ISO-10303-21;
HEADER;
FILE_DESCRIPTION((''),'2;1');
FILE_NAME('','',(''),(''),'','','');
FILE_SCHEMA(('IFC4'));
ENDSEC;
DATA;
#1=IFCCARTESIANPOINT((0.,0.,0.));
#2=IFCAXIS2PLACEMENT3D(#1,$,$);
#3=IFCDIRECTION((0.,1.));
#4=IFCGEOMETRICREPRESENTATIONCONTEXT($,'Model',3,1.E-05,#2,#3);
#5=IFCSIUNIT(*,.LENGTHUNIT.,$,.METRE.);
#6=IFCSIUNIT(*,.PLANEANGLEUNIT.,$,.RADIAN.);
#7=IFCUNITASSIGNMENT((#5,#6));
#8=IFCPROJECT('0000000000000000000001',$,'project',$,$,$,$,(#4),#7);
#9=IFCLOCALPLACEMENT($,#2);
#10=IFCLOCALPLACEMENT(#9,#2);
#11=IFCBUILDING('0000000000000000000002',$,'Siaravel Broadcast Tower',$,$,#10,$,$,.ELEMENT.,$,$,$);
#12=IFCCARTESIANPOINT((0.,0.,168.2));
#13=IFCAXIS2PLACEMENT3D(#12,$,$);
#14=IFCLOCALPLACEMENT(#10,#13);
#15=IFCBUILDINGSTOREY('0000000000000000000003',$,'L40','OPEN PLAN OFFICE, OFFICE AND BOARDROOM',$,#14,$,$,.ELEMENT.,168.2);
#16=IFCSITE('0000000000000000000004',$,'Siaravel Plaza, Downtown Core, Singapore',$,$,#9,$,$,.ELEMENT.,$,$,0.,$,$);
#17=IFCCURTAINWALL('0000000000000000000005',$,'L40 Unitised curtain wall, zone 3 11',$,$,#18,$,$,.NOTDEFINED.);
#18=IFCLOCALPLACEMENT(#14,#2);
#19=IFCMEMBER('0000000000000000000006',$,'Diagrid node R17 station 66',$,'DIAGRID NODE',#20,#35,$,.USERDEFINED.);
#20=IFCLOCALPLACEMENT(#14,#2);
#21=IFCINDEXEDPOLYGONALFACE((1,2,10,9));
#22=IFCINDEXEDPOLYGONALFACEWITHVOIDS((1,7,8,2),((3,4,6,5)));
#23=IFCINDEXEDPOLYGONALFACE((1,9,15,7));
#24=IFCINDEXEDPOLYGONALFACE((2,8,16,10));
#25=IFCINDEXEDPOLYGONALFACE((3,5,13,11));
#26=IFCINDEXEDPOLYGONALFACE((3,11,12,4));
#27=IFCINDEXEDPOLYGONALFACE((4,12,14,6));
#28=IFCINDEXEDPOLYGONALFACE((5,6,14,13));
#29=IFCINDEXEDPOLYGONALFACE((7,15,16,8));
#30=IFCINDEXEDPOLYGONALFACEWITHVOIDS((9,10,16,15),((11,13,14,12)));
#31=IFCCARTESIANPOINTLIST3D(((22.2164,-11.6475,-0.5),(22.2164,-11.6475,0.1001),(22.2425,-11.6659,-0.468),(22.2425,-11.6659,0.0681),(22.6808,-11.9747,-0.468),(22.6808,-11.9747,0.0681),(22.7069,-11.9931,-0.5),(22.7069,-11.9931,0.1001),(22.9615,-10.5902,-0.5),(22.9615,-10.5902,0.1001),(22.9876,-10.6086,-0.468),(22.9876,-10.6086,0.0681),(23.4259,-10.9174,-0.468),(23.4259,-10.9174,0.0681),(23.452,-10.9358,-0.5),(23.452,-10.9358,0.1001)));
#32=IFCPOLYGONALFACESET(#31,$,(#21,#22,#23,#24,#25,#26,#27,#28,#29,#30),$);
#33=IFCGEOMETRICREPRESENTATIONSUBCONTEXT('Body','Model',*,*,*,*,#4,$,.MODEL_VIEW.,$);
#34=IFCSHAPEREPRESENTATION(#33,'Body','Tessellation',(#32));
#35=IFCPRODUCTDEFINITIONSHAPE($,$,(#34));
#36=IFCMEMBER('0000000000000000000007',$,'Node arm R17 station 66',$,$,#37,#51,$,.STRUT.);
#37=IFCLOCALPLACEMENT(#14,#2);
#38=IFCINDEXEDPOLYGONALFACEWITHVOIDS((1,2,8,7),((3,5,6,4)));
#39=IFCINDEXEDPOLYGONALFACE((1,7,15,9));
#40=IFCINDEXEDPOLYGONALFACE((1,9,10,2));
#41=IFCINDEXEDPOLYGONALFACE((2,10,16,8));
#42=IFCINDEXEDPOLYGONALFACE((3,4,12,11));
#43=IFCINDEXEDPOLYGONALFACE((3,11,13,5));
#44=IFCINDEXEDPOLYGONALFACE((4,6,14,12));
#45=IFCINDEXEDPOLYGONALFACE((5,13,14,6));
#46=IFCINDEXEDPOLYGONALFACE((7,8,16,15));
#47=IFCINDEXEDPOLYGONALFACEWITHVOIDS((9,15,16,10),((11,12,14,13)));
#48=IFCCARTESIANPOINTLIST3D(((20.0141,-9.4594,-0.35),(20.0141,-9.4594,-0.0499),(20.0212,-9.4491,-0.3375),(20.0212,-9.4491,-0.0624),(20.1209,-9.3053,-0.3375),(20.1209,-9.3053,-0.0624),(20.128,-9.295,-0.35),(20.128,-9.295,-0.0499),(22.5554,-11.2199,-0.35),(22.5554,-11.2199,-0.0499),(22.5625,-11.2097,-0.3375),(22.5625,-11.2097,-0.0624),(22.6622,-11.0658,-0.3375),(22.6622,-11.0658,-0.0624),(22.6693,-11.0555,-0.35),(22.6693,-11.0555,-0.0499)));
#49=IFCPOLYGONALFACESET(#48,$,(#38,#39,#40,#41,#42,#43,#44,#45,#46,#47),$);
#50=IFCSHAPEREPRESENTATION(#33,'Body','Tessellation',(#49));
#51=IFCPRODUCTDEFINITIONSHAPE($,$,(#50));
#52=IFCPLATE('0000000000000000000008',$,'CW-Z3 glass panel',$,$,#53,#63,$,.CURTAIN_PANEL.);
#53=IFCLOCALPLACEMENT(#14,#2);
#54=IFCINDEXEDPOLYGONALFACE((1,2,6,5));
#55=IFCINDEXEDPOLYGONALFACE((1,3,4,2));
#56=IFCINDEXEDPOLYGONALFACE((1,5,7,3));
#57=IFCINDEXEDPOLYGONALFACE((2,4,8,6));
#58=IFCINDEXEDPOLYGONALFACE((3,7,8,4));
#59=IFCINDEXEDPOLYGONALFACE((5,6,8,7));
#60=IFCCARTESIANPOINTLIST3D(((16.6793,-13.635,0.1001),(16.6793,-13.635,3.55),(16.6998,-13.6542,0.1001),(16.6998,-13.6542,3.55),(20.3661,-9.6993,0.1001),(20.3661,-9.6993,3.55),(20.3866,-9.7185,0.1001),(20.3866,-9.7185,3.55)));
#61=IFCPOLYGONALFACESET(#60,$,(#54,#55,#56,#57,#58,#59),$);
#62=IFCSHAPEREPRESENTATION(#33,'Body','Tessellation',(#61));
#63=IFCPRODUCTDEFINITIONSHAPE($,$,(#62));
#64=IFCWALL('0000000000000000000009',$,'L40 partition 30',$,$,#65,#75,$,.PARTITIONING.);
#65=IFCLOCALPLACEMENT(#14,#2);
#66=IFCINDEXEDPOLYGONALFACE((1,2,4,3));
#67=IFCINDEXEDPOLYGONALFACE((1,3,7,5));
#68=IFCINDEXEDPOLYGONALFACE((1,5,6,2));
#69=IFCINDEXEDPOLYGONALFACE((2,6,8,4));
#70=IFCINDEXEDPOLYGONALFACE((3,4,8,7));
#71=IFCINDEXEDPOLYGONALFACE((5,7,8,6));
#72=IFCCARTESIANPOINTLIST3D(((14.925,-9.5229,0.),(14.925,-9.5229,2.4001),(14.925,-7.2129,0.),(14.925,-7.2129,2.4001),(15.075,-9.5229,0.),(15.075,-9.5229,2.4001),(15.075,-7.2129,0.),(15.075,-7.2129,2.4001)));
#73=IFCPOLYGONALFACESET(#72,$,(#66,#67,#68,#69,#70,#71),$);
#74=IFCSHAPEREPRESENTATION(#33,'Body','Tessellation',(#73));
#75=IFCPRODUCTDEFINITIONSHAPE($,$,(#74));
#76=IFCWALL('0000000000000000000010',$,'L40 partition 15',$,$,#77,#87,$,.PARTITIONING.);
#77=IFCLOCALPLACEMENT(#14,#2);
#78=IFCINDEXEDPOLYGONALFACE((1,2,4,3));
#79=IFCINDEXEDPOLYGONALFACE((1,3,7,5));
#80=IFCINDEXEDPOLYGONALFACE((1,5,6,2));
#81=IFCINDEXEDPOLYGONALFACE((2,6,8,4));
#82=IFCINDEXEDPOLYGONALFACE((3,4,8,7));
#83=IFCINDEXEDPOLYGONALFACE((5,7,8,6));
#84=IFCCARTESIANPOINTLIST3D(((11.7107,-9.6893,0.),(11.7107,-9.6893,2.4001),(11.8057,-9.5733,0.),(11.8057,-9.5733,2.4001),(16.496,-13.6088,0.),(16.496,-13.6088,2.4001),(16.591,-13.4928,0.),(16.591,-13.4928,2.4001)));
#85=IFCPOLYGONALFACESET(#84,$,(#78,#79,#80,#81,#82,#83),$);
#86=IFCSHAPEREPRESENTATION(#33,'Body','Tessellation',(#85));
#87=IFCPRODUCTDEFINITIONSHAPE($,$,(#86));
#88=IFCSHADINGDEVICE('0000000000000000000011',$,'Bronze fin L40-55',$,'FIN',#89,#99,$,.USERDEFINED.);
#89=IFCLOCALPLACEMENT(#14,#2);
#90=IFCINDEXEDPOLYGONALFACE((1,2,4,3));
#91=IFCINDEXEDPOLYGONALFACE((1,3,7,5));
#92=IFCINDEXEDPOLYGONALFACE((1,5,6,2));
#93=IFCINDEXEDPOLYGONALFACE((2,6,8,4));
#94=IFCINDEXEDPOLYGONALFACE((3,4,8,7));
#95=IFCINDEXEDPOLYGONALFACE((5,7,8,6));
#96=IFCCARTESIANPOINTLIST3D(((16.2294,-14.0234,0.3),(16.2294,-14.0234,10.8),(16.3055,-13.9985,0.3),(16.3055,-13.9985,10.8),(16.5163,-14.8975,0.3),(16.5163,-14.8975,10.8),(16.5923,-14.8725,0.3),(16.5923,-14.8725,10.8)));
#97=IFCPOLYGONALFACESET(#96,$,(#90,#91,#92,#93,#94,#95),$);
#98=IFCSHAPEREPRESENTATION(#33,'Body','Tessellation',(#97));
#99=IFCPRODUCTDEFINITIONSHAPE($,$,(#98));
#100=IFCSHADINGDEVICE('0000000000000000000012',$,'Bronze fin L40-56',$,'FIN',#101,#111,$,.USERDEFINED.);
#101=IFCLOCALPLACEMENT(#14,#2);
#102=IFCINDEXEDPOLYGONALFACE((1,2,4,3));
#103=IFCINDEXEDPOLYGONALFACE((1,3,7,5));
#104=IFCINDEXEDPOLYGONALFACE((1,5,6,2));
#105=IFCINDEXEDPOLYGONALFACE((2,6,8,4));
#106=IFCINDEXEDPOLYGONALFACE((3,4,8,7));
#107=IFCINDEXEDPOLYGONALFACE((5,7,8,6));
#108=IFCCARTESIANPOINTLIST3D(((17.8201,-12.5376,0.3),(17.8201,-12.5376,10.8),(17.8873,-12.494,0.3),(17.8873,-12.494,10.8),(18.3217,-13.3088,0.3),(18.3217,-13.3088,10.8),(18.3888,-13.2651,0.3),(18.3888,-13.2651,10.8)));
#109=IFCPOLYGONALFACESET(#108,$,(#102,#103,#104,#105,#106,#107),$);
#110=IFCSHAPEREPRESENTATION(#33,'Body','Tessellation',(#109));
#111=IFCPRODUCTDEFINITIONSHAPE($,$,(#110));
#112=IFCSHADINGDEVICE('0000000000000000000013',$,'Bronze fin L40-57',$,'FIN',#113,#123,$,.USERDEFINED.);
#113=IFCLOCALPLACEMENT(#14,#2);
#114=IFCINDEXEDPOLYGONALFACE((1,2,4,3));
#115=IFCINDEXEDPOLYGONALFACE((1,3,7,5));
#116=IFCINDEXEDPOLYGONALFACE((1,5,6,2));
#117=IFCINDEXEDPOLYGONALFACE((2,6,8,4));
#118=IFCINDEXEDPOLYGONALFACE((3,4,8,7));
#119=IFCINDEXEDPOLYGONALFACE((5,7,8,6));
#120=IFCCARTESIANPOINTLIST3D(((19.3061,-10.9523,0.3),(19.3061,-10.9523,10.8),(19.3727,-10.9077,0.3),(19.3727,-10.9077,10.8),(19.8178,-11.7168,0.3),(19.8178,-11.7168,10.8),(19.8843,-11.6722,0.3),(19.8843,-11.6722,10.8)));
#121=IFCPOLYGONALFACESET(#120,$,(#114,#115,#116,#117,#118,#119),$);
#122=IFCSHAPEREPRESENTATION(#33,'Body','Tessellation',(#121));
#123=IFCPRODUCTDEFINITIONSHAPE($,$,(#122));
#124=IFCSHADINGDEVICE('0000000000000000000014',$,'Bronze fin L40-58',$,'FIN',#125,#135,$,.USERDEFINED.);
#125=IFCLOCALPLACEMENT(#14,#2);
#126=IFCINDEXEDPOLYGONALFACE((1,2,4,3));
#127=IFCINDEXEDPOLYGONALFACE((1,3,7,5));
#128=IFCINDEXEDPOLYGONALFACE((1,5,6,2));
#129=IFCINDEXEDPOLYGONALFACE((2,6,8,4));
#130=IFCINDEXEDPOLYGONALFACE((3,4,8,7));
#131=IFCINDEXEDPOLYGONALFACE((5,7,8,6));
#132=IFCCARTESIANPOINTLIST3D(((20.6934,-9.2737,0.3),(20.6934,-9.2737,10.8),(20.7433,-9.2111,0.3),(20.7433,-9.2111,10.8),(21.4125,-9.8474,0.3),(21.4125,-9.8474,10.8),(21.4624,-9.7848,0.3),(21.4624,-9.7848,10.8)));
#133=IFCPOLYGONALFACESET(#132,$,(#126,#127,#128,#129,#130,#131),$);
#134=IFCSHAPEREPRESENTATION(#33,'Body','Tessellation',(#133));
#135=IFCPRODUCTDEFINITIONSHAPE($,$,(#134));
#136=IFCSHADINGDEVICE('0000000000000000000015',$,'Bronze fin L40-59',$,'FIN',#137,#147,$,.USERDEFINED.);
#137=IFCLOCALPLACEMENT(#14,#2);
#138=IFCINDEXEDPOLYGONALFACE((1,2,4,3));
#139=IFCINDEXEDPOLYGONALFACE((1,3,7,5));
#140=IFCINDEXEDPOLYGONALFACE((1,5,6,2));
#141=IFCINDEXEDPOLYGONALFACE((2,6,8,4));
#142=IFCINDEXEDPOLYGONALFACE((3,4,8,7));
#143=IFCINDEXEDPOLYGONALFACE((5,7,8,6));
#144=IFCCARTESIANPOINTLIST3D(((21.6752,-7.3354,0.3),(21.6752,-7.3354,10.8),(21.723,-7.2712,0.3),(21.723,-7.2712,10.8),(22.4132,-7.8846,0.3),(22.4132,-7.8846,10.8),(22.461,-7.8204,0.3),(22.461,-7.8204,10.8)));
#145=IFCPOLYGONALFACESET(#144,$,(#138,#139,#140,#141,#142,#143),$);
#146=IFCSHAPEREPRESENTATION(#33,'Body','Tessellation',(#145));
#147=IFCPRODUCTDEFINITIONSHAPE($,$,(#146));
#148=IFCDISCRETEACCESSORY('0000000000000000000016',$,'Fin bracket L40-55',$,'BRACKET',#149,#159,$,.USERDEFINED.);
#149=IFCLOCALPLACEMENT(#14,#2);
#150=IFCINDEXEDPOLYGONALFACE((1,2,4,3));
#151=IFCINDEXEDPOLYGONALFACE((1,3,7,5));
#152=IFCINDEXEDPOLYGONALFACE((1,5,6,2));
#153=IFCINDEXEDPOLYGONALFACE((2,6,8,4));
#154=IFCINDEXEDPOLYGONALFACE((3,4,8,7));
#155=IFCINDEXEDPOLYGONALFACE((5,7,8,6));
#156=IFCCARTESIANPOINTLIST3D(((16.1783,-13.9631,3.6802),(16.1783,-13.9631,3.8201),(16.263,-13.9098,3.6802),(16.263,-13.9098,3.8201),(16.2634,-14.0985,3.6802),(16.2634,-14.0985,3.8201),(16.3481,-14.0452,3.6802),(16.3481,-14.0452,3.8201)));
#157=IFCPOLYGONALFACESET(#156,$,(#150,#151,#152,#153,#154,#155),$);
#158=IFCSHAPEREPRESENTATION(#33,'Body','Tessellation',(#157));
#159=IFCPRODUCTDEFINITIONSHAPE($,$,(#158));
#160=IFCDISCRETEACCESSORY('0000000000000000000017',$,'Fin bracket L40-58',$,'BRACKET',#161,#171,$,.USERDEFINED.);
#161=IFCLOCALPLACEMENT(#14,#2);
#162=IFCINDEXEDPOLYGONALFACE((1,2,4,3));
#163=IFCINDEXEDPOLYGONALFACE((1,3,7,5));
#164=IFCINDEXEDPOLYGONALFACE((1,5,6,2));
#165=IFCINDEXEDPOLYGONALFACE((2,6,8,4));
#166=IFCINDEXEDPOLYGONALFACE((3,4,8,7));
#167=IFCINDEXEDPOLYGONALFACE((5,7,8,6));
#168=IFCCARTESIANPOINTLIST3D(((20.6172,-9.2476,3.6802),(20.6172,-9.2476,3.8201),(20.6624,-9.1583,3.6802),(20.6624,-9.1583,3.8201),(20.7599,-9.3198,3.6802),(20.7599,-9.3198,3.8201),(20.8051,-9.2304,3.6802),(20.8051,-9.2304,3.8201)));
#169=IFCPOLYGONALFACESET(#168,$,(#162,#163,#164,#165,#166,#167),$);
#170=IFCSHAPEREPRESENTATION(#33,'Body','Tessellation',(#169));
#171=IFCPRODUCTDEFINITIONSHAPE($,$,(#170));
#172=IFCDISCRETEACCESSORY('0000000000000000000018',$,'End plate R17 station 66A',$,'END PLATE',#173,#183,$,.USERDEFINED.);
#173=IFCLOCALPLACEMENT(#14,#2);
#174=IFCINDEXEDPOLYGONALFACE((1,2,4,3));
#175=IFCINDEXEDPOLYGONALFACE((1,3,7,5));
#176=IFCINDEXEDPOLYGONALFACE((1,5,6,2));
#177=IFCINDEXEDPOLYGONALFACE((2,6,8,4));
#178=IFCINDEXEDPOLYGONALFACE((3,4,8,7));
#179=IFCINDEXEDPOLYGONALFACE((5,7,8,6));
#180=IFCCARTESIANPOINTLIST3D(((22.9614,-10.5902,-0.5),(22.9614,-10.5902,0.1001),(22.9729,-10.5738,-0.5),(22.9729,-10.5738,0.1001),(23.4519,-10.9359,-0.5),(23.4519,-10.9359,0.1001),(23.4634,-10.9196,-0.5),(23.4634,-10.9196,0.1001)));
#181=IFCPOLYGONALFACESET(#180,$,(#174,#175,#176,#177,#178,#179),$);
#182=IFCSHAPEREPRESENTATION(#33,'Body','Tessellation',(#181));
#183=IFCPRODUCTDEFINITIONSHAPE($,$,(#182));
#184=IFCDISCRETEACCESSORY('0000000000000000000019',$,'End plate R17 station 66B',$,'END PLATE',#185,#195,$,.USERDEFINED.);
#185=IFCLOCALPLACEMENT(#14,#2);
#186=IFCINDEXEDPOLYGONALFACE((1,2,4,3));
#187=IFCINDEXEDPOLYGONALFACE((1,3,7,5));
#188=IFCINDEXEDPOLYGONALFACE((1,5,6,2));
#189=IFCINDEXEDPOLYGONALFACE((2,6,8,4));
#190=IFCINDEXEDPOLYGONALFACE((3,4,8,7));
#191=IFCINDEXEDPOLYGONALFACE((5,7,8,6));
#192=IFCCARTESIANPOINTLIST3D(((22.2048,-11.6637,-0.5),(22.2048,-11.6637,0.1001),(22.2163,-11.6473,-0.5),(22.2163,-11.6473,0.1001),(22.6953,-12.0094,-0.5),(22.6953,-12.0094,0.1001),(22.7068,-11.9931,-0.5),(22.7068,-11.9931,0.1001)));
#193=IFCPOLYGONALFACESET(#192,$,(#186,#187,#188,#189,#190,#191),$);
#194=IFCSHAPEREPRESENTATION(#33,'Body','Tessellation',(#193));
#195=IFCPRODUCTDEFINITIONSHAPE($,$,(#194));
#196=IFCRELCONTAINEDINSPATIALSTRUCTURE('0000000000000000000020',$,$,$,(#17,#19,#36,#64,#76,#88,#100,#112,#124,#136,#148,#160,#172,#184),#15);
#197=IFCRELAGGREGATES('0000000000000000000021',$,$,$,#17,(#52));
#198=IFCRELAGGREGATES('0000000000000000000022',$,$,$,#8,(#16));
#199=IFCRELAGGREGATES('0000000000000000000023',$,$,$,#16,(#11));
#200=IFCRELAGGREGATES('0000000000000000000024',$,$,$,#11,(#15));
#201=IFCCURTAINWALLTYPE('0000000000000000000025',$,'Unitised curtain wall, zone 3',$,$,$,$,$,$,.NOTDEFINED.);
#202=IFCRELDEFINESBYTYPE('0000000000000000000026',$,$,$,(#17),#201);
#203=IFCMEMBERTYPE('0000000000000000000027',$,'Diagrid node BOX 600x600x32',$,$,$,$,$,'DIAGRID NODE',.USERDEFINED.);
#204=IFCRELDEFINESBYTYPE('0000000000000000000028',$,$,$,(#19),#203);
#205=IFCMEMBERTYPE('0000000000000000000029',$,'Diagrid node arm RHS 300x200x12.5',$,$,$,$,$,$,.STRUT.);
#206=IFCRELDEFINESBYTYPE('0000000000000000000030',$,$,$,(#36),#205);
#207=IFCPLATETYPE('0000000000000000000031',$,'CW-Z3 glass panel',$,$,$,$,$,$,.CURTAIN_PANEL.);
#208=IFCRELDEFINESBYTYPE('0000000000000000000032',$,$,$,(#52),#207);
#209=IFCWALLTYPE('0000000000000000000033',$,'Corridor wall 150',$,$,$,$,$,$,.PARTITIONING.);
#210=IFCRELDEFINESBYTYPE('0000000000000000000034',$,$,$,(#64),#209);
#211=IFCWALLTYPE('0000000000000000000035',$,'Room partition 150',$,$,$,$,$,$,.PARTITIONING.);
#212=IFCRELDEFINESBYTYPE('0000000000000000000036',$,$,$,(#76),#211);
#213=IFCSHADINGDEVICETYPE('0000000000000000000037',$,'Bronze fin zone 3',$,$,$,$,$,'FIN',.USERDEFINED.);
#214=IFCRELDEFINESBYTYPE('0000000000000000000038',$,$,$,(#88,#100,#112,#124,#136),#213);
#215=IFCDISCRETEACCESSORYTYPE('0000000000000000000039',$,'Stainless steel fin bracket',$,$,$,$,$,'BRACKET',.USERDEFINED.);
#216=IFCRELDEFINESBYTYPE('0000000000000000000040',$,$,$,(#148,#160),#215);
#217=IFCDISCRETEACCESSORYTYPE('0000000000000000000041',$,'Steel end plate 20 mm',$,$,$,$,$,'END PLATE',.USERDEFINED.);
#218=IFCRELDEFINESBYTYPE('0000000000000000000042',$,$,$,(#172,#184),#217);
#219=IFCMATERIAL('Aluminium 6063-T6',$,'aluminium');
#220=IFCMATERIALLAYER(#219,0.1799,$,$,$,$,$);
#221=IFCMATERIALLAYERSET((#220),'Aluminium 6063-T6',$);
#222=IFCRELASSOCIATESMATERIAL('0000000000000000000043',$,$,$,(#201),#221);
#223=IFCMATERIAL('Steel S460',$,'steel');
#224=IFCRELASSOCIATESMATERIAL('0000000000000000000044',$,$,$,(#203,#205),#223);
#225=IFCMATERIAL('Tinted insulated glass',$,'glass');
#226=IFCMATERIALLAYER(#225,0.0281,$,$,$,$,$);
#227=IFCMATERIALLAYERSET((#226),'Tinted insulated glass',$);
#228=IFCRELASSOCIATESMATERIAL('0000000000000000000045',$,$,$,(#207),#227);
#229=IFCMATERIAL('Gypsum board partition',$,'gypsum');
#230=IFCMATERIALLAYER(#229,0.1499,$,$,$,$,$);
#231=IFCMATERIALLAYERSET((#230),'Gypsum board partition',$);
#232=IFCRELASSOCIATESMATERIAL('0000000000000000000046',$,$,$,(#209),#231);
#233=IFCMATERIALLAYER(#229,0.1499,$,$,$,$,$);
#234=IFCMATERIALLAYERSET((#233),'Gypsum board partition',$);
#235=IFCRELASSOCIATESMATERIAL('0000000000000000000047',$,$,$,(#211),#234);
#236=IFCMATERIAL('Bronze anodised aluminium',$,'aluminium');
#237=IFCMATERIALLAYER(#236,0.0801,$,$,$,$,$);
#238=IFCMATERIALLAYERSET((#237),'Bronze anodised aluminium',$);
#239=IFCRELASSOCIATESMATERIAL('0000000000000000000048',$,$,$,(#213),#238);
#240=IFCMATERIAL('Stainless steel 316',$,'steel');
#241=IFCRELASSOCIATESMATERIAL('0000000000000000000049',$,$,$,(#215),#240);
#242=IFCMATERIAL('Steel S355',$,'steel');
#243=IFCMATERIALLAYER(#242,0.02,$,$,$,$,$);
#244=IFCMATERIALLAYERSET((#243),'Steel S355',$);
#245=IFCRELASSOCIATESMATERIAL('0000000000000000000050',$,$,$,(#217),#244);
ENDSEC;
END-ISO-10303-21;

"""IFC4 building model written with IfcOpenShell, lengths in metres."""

from ifc_helpers import new_model, si_unit, direction, frame, frame_2d, origin, origin_2d, place, context, subcontext, project, spatial, rectangle, hollow_rectangle, extrude, material, layer, layer_set, material_profile, profile_set, type_object, element, aggregate, save


model = new_model("IFC4")

# Units and contexts
model_context = context("Model", 3, precision=1e-05, world=origin(), true_north=direction((0.0, 1.0)))
body_context = subcontext(model_context, "Body", "Model", "MODEL_VIEW")
ifc_project = project(units=[si_unit("LENGTHUNIT", "METRE"), si_unit("PLANEANGLEUNIT", "RADIAN")], contexts=[model_context])

# Site, building, storey
site_placement = place(None, origin())
site = spatial("IfcSite", under=ifc_project, at=site_placement, Name="Siaravel Plaza, Downtown Core, Singapore", CompositionType="ELEMENT", RefElevation=0.0)
building_placement = place(site_placement, origin())
building = spatial("IfcBuilding", under=site, at=building_placement, Name="Siaravel Broadcast Tower", CompositionType="ELEMENT")
storey_placement = place(building_placement, frame((0.0, 0.0, 168.2)))
storey = spatial("IfcBuildingStorey", under=building, at=storey_placement, Name="L40", Description="OPEN PLAN OFFICE, OFFICE AND BOARDROOM", CompositionType="ELEMENT", Elevation=168.2)

# Shared definitions
ifc_material_1 = material(Name="Steel S355", Category="steel")

# Curtain wall
ifc_material_2 = material(Name="Aluminium 6063-T6", Category="aluminium")
ifc_layer_1 = layer(ifc_material_2, 0.1799)
ifc_layer_set_1 = layer_set([ifc_layer_1], Name="Aluminium 6063-T6")
curtain_wall_type = type_object("IfcCurtainWallType", Name="Unitised curtain wall, zone 3", PredefinedType="NOTDEFINED", material=ifc_layer_set_1)
curtain_wall_1_placement = place(storey_placement, origin())
curtain_wall_1 = element("IfcCurtainWall", 1, at=curtain_wall_1_placement, inside=storey, type_object=curtain_wall_type, Name="L40 Unitised curtain wall, zone 3 11", PredefinedType="NOTDEFINED")

# Members
ifc_material_3 = material(Name="Steel S460", Category="steel")
ifc_material_profile_1 = material_profile(ifc_material_3, hollow_rectangle(XDim=0.6001, YDim=0.6001, WallThickness=0.032, at=origin_2d()))
ifc_profile_set_1 = profile_set([ifc_material_profile_1], Name="Steel S460")
member_type_1 = type_object("IfcMemberType", Name="Diagrid node BOX 600x600x32", ElementType="DIAGRID NODE", PredefinedType="USERDEFINED", material=ifc_profile_set_1)
member_1_placement = place(storey_placement, frame((22.4617, -11.8203, -0.2), z_axis=(0.576031, 0.817428, 0.0), x_axis=(-0.817428, 0.576031, 0.0)))
element("IfcMember", 2, at=member_1_placement, inside=storey, type_object=member_type_1, Name="Diagrid node R17 station 66", ObjectType="DIAGRID NODE", PredefinedType="USERDEFINED", context=body_context, shape_type="SweptSolid", body=[
    extrude(hollow_rectangle(XDim=0.6001, YDim=0.6001, WallThickness=0.032, at=origin_2d()), origin(), (0.0, 0.0, 1.0), 1.2935),
])
ifc_material_profile_2 = material_profile(ifc_material_3, hollow_rectangle(XDim=0.2, YDim=0.3, WallThickness=0.0125, at=origin_2d()))
ifc_profile_set_2 = profile_set([ifc_material_profile_2], Name="Steel S460")
member_type_2 = type_object("IfcMemberType", Name="Diagrid node arm RHS 300x200x12.5", PredefinedType="STRUT", material=ifc_profile_set_2)
member_2_placement = place(storey_placement, frame((20.071, -9.3772, -0.2), z_axis=(0.822016, -0.569465, 0.0), x_axis=(0.569465, 0.822016, 0.0)))
element("IfcMember", 3, at=member_2_placement, inside=storey, type_object=member_type_2, Name="Node arm R17 station 66", PredefinedType="STRUT", context=body_context, shape_type="SweptSolid", body=[
    extrude(hollow_rectangle(XDim=0.2, YDim=0.3, WallThickness=0.0125, at=origin_2d()), origin(), (0.0, 0.0, 1.0), 3.0916),
])

# Plate
ifc_material_4 = material(Name="Tinted insulated glass", Category="glass")
ifc_layer_2 = layer(ifc_material_4, 0.0281)
ifc_layer_set_2 = layer_set([ifc_layer_2], Name="Tinted insulated glass")
plate_type = type_object("IfcPlateType", Name="CW-Z3 glass panel", PredefinedType="CURTAIN_PANEL", material=ifc_layer_set_2)
plate_placement = place(storey_placement, frame((18.533, -11.6768, 0.1001), z_axis=(0.0, 0.0, 1.0), x_axis=(0.683655, 0.729805, 0.0)))
plate = element("IfcPlate", 4, at=plate_placement, type_object=plate_type, Name="CW-Z3 glass panel", PredefinedType="CURTAIN_PANEL", context=body_context, shape_type="SweptSolid", body=[
    extrude(rectangle(XDim=5.3928, YDim=0.0281, at=origin_2d()), origin(), (0.0, 0.0, 1.0), 3.45),
])
aggregate(curtain_wall_1, [plate])

# Walls
ifc_material_5 = material(Name="Gypsum board partition", Category="gypsum")
ifc_layer_3 = layer(ifc_material_5, 0.1499)
ifc_layer_set_3 = layer_set([ifc_layer_3], Name="Gypsum board partition")
wall_type_1 = type_object("IfcWallType", Name="Corridor wall 150", PredefinedType="PARTITIONING", material=ifc_layer_set_3)
wall_1_placement = place(storey_placement, frame((15.0, -9.5229, 0.0), z_axis=(0.0, 0.0, 1.0), x_axis=(0.0, 1.0, 0.0)))
element("IfcWall", 5, at=wall_1_placement, inside=storey, type_object=wall_type_1, Name="L40 partition 30", PredefinedType="PARTITIONING", context=body_context, shape_type="SweptSolid", body=[
    extrude(rectangle(XDim=2.3101, YDim=0.1499, at=frame_2d((1.155, 0.0))), origin(), (0.0, 0.0, 1.0), 2.4001),
])
ifc_layer_4 = layer(ifc_material_5, 0.1499)
ifc_layer_set_4 = layer_set([ifc_layer_4], Name="Gypsum board partition")
wall_type_2 = type_object("IfcWallType", Name="Room partition 150", PredefinedType="PARTITIONING", material=ifc_layer_set_4)
wall_2_placement = place(storey_placement, frame((16.5435, -13.5508, 0.0), z_axis=(0.0, 0.0, 1.0), x_axis=(-0.773616, 0.633655, 0.0)))
element("IfcWall", 6, at=wall_2_placement, inside=storey, type_object=wall_type_2, Name="L40 partition 15", PredefinedType="PARTITIONING", context=body_context, shape_type="SweptSolid", body=[
    extrude(rectangle(XDim=6.1855, YDim=0.1499, at=frame_2d((3.0928, 0.0))), origin(), (0.0, 0.0, 1.0), 2.4001),
])

# Shading devices
ifc_material_6 = material(Name="Bronze anodised aluminium", Category="aluminium")
ifc_layer_5 = layer(ifc_material_6, 0.0801)
ifc_layer_set_5 = layer_set([ifc_layer_5], Name="Bronze anodised aluminium")
shading_device_type = type_object("IfcShadingDeviceType", Name="Bronze fin zone 3", ElementType="FIN", PredefinedType="USERDEFINED", material=ifc_layer_set_5)
for number, where, z_axis, x_axis, name in (
    (7, (16.4109, -14.448, 0.3), (0.0, 0.0, 1.0), (0.311786, -0.950152, 0.0), "Bronze fin L40-55"),
    (8, (18.1045, -12.9014, 0.3), (0.0, 0.0, 1.0), (0.545229, -0.838287, 0.0), "Bronze fin L40-56"),
    (9, (19.5952, -11.3123, 0.3), (0.0, 0.0, 1.0), (0.556161, -0.831075, 0.0), "Bronze fin L40-57"),
    (10, (21.0779, -9.5293, 0.3), (0.0, 0.0, 1.0), (0.781709, -0.623644, 0.0), "Bronze fin L40-58"),
    (11, (22.0681, -7.5779, 0.3), (0.0, 0.0, 1.0), (0.802227, -0.597019, 0.0), "Bronze fin L40-59"),
):
    element("IfcShadingDevice", number, at=place(storey_placement, frame(where, z_axis=z_axis, x_axis=x_axis)), inside=storey, type_object=shading_device_type, Name=name, ObjectType="FIN", PredefinedType="USERDEFINED", context=body_context, shape_type="SweptSolid", body=[
        extrude(rectangle(XDim=0.9199, YDim=0.0801, at=origin_2d()), origin(), (0.0, 0.0, 1.0), 10.5),
    ])

# Discrete accessories
ifc_material_7 = material(Name="Stainless steel 316", Category="steel")
discrete_accessory_type_1 = type_object("IfcDiscreteAccessoryType", Name="Stainless steel fin bracket", ElementType="BRACKET", PredefinedType="USERDEFINED", material=ifc_material_7)
for number, where, z_axis, x_axis, name in (
    (12, (16.2632, -14.0042, 3.6802), (0.0, 0.0, 1.0), (0.532149, -0.84665, 0.0), "Fin bracket L40-55"),
    (13, (20.7112, -9.239, 3.6802), (0.0, 0.0, 1.0), (0.892392, -0.451261, 0.0), "Fin bracket L40-58"),
):
    element("IfcDiscreteAccessory", number, at=place(storey_placement, frame(where, z_axis=z_axis, x_axis=x_axis)), inside=storey, type_object=discrete_accessory_type_1, Name=name, ObjectType="BRACKET", PredefinedType="USERDEFINED", context=body_context, shape_type="SweptSolid", body=[
        extrude(rectangle(XDim=0.1599, YDim=0.1001, at=origin_2d()), origin(), (0.0, 0.0, 1.0), 0.1399),
    ])
ifc_layer_6 = layer(ifc_material_1, 0.02)
ifc_layer_set_6 = layer_set([ifc_layer_6], Name="Steel S355")
discrete_accessory_type_2 = type_object("IfcDiscreteAccessoryType", Name="Steel end plate 20 mm", ElementType="END PLATE", PredefinedType="USERDEFINED", material=ifc_layer_set_6)
for number, where, z_axis, x_axis, name in (
    (14, (23.2124, -10.7549, -0.5), (0.0, 0.0, 1.0), (0.576119, 0.817366, 0.0), "End plate R17 station 66A"),
    (15, (22.4558, -11.8284, -0.5), (0.0, 0.0, 1.0), (0.576119, 0.817366, 0.0), "End plate R17 station 66B"),
):
    element("IfcDiscreteAccessory", number, at=place(storey_placement, frame(where, z_axis=z_axis, x_axis=x_axis)), inside=storey, type_object=discrete_accessory_type_2, Name=name, ObjectType="END PLATE", PredefinedType="USERDEFINED", context=body_context, shape_type="SweptSolid", body=[
        extrude(rectangle(XDim=0.02, YDim=0.6001, at=origin_2d()), origin(), (0.0, 0.0, 1.0), 0.6001),
    ])

save(model, "model.ifc")
